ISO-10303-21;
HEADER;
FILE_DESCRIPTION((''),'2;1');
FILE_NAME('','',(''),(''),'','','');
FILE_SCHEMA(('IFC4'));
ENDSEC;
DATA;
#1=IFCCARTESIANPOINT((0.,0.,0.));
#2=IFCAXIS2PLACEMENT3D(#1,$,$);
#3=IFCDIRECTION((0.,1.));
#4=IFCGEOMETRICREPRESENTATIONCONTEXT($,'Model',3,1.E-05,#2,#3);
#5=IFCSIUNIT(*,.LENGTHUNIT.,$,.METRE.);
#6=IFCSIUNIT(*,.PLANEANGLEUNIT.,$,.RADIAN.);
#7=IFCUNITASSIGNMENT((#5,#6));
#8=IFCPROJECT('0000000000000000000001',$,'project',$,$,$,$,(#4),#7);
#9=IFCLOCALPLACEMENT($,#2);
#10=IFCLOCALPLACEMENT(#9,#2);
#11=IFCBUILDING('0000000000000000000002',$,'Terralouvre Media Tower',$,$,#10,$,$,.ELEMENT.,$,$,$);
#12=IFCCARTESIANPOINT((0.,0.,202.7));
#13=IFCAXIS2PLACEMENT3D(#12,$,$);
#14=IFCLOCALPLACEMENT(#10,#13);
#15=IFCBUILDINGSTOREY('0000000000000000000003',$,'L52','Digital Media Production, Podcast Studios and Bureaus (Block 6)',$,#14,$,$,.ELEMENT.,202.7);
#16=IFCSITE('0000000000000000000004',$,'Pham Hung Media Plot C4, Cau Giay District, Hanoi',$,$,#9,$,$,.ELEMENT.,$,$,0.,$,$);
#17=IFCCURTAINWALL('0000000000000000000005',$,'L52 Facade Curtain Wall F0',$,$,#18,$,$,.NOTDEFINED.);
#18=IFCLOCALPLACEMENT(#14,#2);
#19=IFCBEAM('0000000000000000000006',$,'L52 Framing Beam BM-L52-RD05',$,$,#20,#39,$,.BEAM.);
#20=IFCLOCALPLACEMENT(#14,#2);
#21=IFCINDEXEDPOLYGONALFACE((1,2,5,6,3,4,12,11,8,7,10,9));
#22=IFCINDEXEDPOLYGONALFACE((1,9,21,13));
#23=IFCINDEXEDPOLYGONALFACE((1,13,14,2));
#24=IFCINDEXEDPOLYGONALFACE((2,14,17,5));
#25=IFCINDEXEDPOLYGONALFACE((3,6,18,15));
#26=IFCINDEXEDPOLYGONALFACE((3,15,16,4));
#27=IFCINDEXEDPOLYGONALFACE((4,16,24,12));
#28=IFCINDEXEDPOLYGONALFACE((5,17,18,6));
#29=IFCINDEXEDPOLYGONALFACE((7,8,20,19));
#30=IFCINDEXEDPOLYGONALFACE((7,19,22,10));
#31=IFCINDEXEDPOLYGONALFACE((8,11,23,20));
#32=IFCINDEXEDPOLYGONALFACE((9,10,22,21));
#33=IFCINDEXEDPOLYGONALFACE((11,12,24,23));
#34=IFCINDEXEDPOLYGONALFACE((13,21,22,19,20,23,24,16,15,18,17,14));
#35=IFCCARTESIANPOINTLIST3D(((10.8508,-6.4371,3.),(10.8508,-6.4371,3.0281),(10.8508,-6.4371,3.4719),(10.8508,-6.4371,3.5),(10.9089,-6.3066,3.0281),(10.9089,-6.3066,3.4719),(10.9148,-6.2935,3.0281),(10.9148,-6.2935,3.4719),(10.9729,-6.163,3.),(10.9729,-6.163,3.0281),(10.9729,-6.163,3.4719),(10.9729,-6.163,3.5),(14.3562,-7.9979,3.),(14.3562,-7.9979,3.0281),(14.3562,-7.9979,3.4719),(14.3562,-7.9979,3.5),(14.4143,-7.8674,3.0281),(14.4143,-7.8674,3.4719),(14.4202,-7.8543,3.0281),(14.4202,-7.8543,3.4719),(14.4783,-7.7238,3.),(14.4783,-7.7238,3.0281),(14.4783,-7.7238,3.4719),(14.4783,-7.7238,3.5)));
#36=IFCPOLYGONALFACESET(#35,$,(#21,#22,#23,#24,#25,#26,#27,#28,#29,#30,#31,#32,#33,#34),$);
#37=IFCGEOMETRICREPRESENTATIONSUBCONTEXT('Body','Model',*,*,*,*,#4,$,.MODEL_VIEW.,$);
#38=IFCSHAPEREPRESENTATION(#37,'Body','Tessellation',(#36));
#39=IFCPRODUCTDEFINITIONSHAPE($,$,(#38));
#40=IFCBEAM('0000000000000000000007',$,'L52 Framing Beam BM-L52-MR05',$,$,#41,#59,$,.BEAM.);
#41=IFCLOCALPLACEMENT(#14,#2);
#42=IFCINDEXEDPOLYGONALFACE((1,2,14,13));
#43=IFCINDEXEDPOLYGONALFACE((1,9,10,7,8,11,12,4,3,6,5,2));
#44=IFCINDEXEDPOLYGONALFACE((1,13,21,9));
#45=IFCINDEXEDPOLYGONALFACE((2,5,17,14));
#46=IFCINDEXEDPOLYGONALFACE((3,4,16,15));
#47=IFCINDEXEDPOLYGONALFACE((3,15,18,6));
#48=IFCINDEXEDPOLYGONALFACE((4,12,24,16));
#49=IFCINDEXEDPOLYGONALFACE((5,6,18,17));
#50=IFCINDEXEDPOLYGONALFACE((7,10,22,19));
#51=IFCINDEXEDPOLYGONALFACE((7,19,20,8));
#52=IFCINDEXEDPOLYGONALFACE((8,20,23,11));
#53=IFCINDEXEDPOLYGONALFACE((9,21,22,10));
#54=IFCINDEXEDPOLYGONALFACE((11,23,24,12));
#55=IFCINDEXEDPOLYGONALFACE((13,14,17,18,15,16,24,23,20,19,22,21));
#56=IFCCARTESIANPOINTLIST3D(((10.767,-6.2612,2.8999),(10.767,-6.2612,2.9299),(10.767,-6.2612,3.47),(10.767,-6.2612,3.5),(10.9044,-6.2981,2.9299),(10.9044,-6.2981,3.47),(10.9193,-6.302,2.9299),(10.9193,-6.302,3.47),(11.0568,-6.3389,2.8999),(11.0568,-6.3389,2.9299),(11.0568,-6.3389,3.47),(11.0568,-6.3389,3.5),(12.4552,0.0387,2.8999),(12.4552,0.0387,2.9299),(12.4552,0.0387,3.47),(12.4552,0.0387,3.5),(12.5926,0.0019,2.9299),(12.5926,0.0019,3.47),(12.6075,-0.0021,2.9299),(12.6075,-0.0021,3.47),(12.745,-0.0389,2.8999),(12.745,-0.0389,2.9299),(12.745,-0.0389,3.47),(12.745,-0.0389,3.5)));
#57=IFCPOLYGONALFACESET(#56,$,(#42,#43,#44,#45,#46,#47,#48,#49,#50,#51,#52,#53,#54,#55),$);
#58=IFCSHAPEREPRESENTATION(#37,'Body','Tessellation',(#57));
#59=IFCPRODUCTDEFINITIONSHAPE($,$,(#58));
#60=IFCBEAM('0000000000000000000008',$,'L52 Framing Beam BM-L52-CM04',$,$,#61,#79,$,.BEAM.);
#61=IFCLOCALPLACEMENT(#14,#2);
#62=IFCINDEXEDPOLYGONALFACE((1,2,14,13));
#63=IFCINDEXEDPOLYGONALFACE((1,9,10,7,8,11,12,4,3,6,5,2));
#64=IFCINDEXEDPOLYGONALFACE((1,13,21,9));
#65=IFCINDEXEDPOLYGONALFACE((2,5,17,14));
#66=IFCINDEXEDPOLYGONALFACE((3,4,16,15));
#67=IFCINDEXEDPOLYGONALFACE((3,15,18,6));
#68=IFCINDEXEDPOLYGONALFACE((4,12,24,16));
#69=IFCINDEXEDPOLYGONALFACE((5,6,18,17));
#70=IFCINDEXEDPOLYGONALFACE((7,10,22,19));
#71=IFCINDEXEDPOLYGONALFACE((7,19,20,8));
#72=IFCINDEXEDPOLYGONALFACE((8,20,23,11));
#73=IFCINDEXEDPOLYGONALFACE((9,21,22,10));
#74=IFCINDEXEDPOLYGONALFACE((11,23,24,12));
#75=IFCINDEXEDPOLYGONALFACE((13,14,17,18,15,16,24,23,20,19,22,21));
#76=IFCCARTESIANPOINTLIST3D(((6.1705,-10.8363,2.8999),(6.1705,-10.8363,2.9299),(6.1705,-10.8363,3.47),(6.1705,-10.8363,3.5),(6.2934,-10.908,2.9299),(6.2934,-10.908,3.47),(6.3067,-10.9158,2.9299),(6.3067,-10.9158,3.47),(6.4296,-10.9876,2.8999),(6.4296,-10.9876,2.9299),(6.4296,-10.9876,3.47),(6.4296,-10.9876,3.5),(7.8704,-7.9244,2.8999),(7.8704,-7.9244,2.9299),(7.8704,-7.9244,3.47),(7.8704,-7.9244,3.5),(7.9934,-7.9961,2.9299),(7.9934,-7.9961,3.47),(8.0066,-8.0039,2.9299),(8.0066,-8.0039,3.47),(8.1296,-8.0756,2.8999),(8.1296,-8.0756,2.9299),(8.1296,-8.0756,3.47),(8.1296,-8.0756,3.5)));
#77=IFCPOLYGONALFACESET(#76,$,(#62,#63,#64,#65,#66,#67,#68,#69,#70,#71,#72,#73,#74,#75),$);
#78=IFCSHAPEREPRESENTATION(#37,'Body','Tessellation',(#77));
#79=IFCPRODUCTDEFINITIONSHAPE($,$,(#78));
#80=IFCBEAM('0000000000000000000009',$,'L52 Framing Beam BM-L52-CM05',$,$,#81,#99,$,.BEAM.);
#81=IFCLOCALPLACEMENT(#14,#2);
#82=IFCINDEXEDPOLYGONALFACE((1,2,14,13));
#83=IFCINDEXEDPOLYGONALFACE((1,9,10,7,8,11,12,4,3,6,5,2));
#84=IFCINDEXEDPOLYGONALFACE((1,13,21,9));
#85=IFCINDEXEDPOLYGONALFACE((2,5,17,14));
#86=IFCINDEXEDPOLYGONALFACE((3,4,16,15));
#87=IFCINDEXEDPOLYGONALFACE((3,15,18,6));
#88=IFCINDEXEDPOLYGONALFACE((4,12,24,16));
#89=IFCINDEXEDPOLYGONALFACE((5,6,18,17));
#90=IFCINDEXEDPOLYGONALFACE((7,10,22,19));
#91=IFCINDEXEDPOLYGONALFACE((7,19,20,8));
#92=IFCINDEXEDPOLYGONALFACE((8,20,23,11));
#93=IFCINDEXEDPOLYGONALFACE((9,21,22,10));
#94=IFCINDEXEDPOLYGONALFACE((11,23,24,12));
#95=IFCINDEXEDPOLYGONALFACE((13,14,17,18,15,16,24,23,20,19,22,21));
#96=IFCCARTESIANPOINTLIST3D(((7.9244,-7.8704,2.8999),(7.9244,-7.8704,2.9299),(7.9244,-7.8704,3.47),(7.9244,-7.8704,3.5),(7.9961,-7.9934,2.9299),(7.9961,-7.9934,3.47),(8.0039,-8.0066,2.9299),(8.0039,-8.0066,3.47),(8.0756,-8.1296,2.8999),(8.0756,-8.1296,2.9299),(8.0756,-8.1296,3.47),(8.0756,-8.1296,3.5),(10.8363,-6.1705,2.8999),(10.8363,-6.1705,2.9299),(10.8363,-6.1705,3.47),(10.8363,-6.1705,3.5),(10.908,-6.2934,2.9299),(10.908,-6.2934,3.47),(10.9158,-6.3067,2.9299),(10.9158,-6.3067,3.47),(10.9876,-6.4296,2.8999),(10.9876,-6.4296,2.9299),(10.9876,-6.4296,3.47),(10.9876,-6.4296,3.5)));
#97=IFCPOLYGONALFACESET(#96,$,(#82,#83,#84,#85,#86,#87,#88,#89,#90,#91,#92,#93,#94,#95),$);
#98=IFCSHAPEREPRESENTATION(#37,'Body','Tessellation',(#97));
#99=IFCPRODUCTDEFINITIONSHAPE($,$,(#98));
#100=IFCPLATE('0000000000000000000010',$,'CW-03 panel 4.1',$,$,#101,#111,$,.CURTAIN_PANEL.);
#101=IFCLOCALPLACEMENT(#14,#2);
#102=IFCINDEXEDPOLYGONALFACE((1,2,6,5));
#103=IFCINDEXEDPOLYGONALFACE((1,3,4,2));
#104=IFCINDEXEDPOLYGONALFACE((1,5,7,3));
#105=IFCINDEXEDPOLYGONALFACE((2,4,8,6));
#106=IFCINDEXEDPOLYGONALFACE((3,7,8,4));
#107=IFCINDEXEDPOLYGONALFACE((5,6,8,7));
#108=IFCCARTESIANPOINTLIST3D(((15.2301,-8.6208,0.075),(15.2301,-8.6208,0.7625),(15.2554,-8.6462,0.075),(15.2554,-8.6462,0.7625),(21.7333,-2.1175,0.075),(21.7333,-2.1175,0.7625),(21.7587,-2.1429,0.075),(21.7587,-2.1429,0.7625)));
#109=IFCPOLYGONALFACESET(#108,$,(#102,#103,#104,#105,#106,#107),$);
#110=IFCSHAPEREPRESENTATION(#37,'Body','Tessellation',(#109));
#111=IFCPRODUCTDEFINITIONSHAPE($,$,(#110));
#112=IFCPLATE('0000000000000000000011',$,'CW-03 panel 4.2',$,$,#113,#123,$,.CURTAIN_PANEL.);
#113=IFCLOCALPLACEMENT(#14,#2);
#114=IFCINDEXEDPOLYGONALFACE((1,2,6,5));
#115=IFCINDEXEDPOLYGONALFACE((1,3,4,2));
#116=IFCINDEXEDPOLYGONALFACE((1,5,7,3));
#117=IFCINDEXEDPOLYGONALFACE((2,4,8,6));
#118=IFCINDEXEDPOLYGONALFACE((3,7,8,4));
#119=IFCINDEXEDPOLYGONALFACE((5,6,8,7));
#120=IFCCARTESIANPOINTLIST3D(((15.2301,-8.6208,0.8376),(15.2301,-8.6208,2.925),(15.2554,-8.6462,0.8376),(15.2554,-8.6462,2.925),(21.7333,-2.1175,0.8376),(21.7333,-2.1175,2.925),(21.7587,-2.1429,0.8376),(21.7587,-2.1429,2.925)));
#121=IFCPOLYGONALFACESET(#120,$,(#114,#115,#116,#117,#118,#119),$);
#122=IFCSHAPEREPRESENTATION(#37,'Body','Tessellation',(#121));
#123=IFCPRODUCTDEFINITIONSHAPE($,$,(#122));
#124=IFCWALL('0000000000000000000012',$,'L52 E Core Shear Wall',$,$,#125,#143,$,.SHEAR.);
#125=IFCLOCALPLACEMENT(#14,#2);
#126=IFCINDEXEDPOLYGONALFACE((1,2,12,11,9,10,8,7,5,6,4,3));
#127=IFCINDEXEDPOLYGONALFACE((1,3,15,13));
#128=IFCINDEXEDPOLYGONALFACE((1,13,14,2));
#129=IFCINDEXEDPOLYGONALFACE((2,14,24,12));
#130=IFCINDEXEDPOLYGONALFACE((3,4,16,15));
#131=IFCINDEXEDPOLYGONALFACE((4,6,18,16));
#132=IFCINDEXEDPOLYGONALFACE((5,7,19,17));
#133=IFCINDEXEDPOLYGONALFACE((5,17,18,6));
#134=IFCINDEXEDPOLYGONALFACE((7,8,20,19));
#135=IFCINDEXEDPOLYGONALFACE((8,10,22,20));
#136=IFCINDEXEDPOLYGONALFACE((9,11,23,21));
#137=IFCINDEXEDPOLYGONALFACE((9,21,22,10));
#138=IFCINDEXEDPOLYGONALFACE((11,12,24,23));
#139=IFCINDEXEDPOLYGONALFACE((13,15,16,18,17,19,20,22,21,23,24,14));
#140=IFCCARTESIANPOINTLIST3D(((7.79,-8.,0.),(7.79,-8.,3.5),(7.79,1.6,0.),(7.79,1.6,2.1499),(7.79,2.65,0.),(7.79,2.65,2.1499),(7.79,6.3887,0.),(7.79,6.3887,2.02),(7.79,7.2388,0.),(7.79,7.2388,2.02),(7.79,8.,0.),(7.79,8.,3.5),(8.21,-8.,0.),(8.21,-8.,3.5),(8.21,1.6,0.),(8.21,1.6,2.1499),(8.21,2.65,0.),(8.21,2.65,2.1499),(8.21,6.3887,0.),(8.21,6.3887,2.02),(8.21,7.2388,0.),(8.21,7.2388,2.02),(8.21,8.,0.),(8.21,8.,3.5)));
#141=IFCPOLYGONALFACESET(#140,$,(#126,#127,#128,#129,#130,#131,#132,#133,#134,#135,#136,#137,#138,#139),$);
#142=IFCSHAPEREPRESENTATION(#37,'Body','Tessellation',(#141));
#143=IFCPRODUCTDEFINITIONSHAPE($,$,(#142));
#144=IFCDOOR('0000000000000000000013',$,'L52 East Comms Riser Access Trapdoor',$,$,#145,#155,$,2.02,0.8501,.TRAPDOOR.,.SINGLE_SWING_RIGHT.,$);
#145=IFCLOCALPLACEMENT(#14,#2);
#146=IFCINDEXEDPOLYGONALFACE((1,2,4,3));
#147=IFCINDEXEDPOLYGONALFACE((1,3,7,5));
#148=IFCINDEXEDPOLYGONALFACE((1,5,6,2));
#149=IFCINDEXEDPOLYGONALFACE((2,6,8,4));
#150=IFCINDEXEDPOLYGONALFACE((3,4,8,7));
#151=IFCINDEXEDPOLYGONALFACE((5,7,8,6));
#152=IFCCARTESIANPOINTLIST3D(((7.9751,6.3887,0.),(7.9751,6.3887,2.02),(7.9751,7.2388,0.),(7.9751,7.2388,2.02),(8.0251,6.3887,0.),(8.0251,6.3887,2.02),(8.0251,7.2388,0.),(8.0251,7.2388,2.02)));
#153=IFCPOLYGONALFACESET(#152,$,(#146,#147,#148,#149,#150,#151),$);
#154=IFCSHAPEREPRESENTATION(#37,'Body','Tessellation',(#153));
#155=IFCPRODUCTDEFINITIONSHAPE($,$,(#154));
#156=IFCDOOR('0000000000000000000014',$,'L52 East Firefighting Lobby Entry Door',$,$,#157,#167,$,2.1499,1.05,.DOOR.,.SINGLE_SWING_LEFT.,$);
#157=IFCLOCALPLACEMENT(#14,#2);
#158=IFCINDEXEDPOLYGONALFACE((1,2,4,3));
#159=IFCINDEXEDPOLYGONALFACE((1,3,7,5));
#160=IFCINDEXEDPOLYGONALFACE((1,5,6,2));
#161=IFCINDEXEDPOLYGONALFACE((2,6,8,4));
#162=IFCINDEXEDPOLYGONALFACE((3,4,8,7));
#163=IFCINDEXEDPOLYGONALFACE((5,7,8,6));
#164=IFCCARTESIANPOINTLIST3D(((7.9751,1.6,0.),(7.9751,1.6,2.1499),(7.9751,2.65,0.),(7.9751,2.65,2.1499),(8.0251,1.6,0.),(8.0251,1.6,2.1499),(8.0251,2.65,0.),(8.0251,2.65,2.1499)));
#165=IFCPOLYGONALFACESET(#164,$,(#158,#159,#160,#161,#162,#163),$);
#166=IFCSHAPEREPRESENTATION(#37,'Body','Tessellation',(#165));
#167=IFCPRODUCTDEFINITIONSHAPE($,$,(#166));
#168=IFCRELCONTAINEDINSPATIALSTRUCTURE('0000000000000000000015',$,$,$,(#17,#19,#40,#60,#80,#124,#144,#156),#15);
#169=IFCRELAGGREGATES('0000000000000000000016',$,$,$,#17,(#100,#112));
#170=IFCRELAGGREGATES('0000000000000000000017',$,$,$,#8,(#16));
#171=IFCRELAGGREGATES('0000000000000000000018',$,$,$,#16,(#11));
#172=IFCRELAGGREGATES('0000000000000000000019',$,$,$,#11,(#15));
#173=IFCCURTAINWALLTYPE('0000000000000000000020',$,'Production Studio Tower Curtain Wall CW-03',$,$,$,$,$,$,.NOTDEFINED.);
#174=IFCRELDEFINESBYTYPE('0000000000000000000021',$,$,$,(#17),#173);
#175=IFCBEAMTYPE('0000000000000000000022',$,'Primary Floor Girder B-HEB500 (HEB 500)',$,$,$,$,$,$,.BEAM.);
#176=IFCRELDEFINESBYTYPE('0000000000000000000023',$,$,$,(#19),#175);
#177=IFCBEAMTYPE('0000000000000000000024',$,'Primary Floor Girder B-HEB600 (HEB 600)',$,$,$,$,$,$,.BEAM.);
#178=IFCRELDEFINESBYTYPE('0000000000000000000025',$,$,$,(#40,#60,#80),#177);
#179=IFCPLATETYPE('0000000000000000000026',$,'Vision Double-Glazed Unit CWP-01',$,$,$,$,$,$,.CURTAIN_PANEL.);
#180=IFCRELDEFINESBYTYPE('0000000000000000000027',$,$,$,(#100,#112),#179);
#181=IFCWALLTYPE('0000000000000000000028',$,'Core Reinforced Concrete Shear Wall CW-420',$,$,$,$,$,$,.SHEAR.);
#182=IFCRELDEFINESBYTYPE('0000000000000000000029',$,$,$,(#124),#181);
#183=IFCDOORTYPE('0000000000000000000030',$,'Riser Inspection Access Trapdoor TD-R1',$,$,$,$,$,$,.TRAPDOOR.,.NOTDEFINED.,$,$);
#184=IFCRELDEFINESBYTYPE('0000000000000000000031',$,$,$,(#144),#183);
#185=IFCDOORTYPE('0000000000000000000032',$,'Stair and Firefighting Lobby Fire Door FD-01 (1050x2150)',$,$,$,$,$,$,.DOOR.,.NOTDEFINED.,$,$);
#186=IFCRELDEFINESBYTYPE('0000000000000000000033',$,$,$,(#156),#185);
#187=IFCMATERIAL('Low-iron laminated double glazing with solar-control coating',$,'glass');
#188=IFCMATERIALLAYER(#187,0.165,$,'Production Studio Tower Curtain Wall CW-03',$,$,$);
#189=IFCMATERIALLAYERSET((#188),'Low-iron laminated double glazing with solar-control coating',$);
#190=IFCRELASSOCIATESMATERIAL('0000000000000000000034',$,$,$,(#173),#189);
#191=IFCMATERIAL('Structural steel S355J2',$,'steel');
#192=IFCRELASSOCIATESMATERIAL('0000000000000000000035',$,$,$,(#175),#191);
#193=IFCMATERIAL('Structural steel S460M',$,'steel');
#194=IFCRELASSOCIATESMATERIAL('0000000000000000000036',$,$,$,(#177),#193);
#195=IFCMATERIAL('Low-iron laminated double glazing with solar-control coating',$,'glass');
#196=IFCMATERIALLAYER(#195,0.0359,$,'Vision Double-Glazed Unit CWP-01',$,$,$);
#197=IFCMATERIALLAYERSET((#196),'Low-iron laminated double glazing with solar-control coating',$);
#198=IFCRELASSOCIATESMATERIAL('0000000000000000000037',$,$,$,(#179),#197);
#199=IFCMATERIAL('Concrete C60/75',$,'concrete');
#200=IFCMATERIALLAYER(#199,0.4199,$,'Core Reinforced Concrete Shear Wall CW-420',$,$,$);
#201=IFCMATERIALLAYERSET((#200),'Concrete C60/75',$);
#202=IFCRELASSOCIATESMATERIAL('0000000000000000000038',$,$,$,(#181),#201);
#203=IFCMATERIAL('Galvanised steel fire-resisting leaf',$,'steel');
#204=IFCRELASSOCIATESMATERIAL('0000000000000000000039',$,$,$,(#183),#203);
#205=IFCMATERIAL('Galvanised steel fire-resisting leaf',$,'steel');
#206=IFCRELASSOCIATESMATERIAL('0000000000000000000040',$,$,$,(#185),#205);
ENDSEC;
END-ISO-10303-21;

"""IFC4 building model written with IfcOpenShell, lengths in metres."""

from ifc_helpers import new_model, si_unit, direction, frame, frame_2d, origin, origin_2d, place, context, subcontext, project, spatial, rectangle, i_section, extrude, material, layer, layer_set, material_profile, profile_set, type_object, element, fill, aggregate, save


model = new_model("IFC4")

# Units and contexts
model_context = context("Model", 3, precision=1e-05, world=origin(), true_north=direction((0.0, 1.0)))
body_context = subcontext(model_context, "Body", "Model", "MODEL_VIEW")
ifc_project = project(units=[si_unit("LENGTHUNIT", "METRE"), si_unit("PLANEANGLEUNIT", "RADIAN")], contexts=[model_context])

# Site, building, storey
site_placement = place(None, origin())
site = spatial("IfcSite", under=ifc_project, at=site_placement, Name="Pham Hung Media Plot C4, Cau Giay District, Hanoi", CompositionType="ELEMENT", RefElevation=0.0)
building_placement = place(site_placement, origin())
building = spatial("IfcBuilding", under=site, at=building_placement, Name="Terralouvre Media Tower", CompositionType="ELEMENT")
storey_placement = place(building_placement, frame((0.0, 0.0, 202.7)))
storey = spatial("IfcBuildingStorey", under=building, at=storey_placement, Name="L52", Description="Digital Media Production, Podcast Studios and Bureaus (Block 6)", CompositionType="ELEMENT", Elevation=202.7)

# Curtain wall
ifc_material_1 = material(Name="Low-iron laminated double glazing with solar-control coating", Category="glass")
ifc_layer_1 = layer(ifc_material_1, 0.165, Name="Production Studio Tower Curtain Wall CW-03")
ifc_layer_set_1 = layer_set([ifc_layer_1], Name="Low-iron laminated double glazing with solar-control coating")
curtain_wall_type = type_object("IfcCurtainWallType", Name="Production Studio Tower Curtain Wall CW-03", PredefinedType="NOTDEFINED", material=ifc_layer_set_1)
curtain_wall_placement = place(storey_placement, origin())
curtain_wall = element("IfcCurtainWall", 1, at=curtain_wall_placement, inside=storey, type_object=curtain_wall_type, Name="L52 Facade Curtain Wall F0", PredefinedType="NOTDEFINED")

# Beams
ifc_material_2 = material(Name="Structural steel S355J2", Category="steel")
ifc_material_profile_1 = material_profile(ifc_material_2, i_section(OverallWidth=0.3, OverallDepth=0.5, WebThickness=0.0144, FlangeThickness=0.0281, at=origin_2d()), Name="HEB 500")
ifc_profile_set_1 = profile_set([ifc_material_profile_1], Name="Structural steel S355J2")
beam_type_1 = type_object("IfcBeamType", Name="Primary Floor Girder B-HEB500 (HEB 500)", PredefinedType="BEAM", material=ifc_profile_set_1)
beam_1_placement = place(storey_placement, frame((10.9119, -6.3, 3.25), z_axis=(0.913536, -0.406758, 0.0), x_axis=(0.406758, 0.913536, 0.0)))
element("IfcBeam", 2, at=beam_1_placement, inside=storey, type_object=beam_type_1, Name="L52 Framing Beam BM-L52-RD05", PredefinedType="BEAM", context=body_context, shape_type="SweptSolid", body=[
    extrude(i_section(OverallWidth=0.3, OverallDepth=0.5, WebThickness=0.0144, FlangeThickness=0.0281, at=origin_2d()), origin(), (0.0, 0.0, 1.0), 3.8372),
])
ifc_material_3 = material(Name="Structural steel S460M", Category="steel")
ifc_material_profile_2 = material_profile(ifc_material_3, i_section(OverallWidth=0.3, OverallDepth=0.6001, WebThickness=0.0154, FlangeThickness=0.03, at=origin_2d()), Name="HEB 600")
ifc_profile_set_2 = profile_set([ifc_material_profile_2], Name="Structural steel S460M")
beam_type_2 = type_object("IfcBeamType", Name="Primary Floor Girder B-HEB600 (HEB 600)", PredefinedType="BEAM", material=ifc_profile_set_2)
beam_2_placement = place(storey_placement, frame((10.9119, -6.3, 3.2), z_axis=(0.258839, 0.96592, 0.0), x_axis=(-0.96592, 0.258839, 0.0)))
element("IfcBeam", 3, at=beam_2_placement, inside=storey, type_object=beam_type_2, Name="L52 Framing Beam BM-L52-MR05", PredefinedType="BEAM", context=body_context, shape_type="SweptSolid", body=[
    extrude(i_section(OverallWidth=0.3, OverallDepth=0.6001, WebThickness=0.0154, FlangeThickness=0.03, at=origin_2d()), origin(), (0.0, 0.0, 1.0), 6.5222),
])
for number, where, z_axis, x_axis, name in (
    (4, (8.0, -8.0, 3.2), (-0.504173, -0.863603, 0.0), (0.863603, -0.504173, 0.0), "L52 Framing Beam BM-L52-CM04"),
    (5, (8.0, -8.0, 3.2), (0.863603, 0.504173, 0.0), (-0.504173, 0.863603, 0.0), "L52 Framing Beam BM-L52-CM05"),
):
    element("IfcBeam", number, at=place(storey_placement, frame(where, z_axis=z_axis, x_axis=x_axis)), inside=storey, type_object=beam_type_2, Name=name, PredefinedType="BEAM", context=body_context, shape_type="SweptSolid", body=[
        extrude(i_section(OverallWidth=0.3, OverallDepth=0.6001, WebThickness=0.0154, FlangeThickness=0.03, at=origin_2d()), origin(), (0.0, 0.0, 1.0), 3.3718),
    ])

# Plates
ifc_material_4 = material(Name="Low-iron laminated double glazing with solar-control coating", Category="glass")
ifc_layer_2 = layer(ifc_material_4, 0.0359, Name="Vision Double-Glazed Unit CWP-01")
ifc_layer_set_2 = layer_set([ifc_layer_2], Name="Low-iron laminated double glazing with solar-control coating")
plate_type = type_object("IfcPlateType", Name="Vision Double-Glazed Unit CWP-01", PredefinedType="CURTAIN_PANEL", material=ifc_layer_set_2)
plate_1_placement = place(storey_placement, frame((18.4944, -5.3818, 0.075), z_axis=(0.0, 0.0, 1.0), x_axis=(0.707107, 0.707107, 0.0)))
plate_1 = element("IfcPlate", 6, at=plate_1_placement, type_object=plate_type, Name="CW-03 panel 4.1", PredefinedType="CURTAIN_PANEL", context=body_context, shape_type="SweptSolid", body=[
    extrude(rectangle(XDim=9.197, YDim=0.0359, at=origin_2d()), origin(), (0.0, 0.0, 1.0), 0.6875),
])
plate_2_placement = place(storey_placement, frame((18.4944, -5.3818, 0.8376), z_axis=(0.0, 0.0, 1.0), x_axis=(0.707107, 0.707107, 0.0)))
plate_2 = element("IfcPlate", 7, at=plate_2_placement, type_object=plate_type, Name="CW-03 panel 4.2", PredefinedType="CURTAIN_PANEL", context=body_context, shape_type="SweptSolid", body=[
    extrude(rectangle(XDim=9.197, YDim=0.0359, at=origin_2d()), origin(), (0.0, 0.0, 1.0), 2.0874),
])
aggregate(curtain_wall, [plate_1, plate_2])

# Wall, openings, doors
ifc_material_5 = material(Name="Concrete C60/75", Category="concrete")
ifc_layer_3 = layer(ifc_material_5, 0.4199, Name="Core Reinforced Concrete Shear Wall CW-420")
ifc_layer_set_3 = layer_set([ifc_layer_3], Name="Concrete C60/75")
wall_type_1 = type_object("IfcWallType", Name="Core Reinforced Concrete Shear Wall CW-420", PredefinedType="SHEAR", material=ifc_layer_set_3)
wall_1_placement = place(storey_placement, frame((8.0, -8.0, 0.0), z_axis=(0.0, 0.0, 1.0), x_axis=(0.0, 1.0, 0.0)))
wall_1 = element("IfcWall", 8, at=wall_1_placement, inside=storey, type_object=wall_type_1, Name="L52 E Core Shear Wall", PredefinedType="SHEAR", context=body_context, shape_type="SweptSolid", body=[
    extrude(rectangle(XDim=16.0, YDim=0.4199, at=frame_2d((8.0, 0.0))), origin(), (0.0, 0.0, 1.0), 3.5),
])
opening_1_placement = place(wall_1_placement, frame((9.6001, 0.0, 0.0)))
opening_1 = element("IfcOpeningElement", 9, at=opening_1_placement, cuts=wall_1, PredefinedType="OPENING", context=body_context, shape_type="SweptSolid", body=[
    extrude(rectangle(XDim=1.05, YDim=2.1499, at=frame_2d((0.5249, 1.075))), frame((0.0, 0.22, 0.0), z_axis=(0.0, -1.0, 0.0), x_axis=(1.0, 0.0, 0.0)), (0.0, 0.0, 1.0), 0.4399),
])
opening_2_placement = place(wall_1_placement, frame((14.3887, 0.0, 0.0)))
opening_2 = element("IfcOpeningElement", 10, at=opening_2_placement, cuts=wall_1, PredefinedType="OPENING", context=body_context, shape_type="SweptSolid", body=[
    extrude(rectangle(XDim=0.8501, YDim=2.02, at=frame_2d((0.425, 1.01))), frame((0.0, 0.22, 0.0), z_axis=(0.0, -1.0, 0.0), x_axis=(1.0, 0.0, 0.0)), (0.0, 0.0, 1.0), 0.4399),
])
ifc_material_6 = material(Name="Galvanised steel fire-resisting leaf", Category="steel")
door_type_1 = type_object("IfcDoorType", Name="Riser Inspection Access Trapdoor TD-R1", OperationType="NOTDEFINED", PredefinedType="TRAPDOOR", material=ifc_material_6)
door_1_placement = place(opening_2_placement, origin())
door_1 = element("IfcDoor", 11, at=door_1_placement, inside=storey, type_object=door_type_1, Name="L52 East Comms Riser Access Trapdoor", OperationType="SINGLE_SWING_RIGHT", OverallHeight=2.02, OverallWidth=0.8501, PredefinedType="TRAPDOOR", context=body_context, shape_type="SweptSolid", body=[
    extrude(rectangle(XDim=0.8501, YDim=2.02, at=frame_2d((0.425, 1.01))), frame((0.0, 0.0249, 0.0), z_axis=(0.0, -1.0, 0.0), x_axis=(1.0, 0.0, 0.0)), (0.0, 0.0, 1.0), 0.05),
])
fill(opening_2, door_1)
ifc_material_7 = material(Name="Galvanised steel fire-resisting leaf", Category="steel")
door_type_2 = type_object("IfcDoorType", Name="Stair and Firefighting Lobby Fire Door FD-01 (1050x2150)", OperationType="NOTDEFINED", PredefinedType="DOOR", material=ifc_material_7)
door_2_placement = place(opening_1_placement, origin())
door_2 = element("IfcDoor", 12, at=door_2_placement, inside=storey, type_object=door_type_2, Name="L52 East Firefighting Lobby Entry Door", OperationType="SINGLE_SWING_LEFT", OverallHeight=2.1499, OverallWidth=1.05, PredefinedType="DOOR", context=body_context, shape_type="SweptSolid", body=[
    extrude(rectangle(XDim=1.05, YDim=2.1499, at=frame_2d((0.5249, 1.075))), frame((0.0, 0.0249, 0.0), z_axis=(0.0, -1.0, 0.0), x_axis=(1.0, 0.0, 0.0)), (0.0, 0.0, 1.0), 0.05),
])
fill(opening_1, door_2)

save(model, "model.ifc")
